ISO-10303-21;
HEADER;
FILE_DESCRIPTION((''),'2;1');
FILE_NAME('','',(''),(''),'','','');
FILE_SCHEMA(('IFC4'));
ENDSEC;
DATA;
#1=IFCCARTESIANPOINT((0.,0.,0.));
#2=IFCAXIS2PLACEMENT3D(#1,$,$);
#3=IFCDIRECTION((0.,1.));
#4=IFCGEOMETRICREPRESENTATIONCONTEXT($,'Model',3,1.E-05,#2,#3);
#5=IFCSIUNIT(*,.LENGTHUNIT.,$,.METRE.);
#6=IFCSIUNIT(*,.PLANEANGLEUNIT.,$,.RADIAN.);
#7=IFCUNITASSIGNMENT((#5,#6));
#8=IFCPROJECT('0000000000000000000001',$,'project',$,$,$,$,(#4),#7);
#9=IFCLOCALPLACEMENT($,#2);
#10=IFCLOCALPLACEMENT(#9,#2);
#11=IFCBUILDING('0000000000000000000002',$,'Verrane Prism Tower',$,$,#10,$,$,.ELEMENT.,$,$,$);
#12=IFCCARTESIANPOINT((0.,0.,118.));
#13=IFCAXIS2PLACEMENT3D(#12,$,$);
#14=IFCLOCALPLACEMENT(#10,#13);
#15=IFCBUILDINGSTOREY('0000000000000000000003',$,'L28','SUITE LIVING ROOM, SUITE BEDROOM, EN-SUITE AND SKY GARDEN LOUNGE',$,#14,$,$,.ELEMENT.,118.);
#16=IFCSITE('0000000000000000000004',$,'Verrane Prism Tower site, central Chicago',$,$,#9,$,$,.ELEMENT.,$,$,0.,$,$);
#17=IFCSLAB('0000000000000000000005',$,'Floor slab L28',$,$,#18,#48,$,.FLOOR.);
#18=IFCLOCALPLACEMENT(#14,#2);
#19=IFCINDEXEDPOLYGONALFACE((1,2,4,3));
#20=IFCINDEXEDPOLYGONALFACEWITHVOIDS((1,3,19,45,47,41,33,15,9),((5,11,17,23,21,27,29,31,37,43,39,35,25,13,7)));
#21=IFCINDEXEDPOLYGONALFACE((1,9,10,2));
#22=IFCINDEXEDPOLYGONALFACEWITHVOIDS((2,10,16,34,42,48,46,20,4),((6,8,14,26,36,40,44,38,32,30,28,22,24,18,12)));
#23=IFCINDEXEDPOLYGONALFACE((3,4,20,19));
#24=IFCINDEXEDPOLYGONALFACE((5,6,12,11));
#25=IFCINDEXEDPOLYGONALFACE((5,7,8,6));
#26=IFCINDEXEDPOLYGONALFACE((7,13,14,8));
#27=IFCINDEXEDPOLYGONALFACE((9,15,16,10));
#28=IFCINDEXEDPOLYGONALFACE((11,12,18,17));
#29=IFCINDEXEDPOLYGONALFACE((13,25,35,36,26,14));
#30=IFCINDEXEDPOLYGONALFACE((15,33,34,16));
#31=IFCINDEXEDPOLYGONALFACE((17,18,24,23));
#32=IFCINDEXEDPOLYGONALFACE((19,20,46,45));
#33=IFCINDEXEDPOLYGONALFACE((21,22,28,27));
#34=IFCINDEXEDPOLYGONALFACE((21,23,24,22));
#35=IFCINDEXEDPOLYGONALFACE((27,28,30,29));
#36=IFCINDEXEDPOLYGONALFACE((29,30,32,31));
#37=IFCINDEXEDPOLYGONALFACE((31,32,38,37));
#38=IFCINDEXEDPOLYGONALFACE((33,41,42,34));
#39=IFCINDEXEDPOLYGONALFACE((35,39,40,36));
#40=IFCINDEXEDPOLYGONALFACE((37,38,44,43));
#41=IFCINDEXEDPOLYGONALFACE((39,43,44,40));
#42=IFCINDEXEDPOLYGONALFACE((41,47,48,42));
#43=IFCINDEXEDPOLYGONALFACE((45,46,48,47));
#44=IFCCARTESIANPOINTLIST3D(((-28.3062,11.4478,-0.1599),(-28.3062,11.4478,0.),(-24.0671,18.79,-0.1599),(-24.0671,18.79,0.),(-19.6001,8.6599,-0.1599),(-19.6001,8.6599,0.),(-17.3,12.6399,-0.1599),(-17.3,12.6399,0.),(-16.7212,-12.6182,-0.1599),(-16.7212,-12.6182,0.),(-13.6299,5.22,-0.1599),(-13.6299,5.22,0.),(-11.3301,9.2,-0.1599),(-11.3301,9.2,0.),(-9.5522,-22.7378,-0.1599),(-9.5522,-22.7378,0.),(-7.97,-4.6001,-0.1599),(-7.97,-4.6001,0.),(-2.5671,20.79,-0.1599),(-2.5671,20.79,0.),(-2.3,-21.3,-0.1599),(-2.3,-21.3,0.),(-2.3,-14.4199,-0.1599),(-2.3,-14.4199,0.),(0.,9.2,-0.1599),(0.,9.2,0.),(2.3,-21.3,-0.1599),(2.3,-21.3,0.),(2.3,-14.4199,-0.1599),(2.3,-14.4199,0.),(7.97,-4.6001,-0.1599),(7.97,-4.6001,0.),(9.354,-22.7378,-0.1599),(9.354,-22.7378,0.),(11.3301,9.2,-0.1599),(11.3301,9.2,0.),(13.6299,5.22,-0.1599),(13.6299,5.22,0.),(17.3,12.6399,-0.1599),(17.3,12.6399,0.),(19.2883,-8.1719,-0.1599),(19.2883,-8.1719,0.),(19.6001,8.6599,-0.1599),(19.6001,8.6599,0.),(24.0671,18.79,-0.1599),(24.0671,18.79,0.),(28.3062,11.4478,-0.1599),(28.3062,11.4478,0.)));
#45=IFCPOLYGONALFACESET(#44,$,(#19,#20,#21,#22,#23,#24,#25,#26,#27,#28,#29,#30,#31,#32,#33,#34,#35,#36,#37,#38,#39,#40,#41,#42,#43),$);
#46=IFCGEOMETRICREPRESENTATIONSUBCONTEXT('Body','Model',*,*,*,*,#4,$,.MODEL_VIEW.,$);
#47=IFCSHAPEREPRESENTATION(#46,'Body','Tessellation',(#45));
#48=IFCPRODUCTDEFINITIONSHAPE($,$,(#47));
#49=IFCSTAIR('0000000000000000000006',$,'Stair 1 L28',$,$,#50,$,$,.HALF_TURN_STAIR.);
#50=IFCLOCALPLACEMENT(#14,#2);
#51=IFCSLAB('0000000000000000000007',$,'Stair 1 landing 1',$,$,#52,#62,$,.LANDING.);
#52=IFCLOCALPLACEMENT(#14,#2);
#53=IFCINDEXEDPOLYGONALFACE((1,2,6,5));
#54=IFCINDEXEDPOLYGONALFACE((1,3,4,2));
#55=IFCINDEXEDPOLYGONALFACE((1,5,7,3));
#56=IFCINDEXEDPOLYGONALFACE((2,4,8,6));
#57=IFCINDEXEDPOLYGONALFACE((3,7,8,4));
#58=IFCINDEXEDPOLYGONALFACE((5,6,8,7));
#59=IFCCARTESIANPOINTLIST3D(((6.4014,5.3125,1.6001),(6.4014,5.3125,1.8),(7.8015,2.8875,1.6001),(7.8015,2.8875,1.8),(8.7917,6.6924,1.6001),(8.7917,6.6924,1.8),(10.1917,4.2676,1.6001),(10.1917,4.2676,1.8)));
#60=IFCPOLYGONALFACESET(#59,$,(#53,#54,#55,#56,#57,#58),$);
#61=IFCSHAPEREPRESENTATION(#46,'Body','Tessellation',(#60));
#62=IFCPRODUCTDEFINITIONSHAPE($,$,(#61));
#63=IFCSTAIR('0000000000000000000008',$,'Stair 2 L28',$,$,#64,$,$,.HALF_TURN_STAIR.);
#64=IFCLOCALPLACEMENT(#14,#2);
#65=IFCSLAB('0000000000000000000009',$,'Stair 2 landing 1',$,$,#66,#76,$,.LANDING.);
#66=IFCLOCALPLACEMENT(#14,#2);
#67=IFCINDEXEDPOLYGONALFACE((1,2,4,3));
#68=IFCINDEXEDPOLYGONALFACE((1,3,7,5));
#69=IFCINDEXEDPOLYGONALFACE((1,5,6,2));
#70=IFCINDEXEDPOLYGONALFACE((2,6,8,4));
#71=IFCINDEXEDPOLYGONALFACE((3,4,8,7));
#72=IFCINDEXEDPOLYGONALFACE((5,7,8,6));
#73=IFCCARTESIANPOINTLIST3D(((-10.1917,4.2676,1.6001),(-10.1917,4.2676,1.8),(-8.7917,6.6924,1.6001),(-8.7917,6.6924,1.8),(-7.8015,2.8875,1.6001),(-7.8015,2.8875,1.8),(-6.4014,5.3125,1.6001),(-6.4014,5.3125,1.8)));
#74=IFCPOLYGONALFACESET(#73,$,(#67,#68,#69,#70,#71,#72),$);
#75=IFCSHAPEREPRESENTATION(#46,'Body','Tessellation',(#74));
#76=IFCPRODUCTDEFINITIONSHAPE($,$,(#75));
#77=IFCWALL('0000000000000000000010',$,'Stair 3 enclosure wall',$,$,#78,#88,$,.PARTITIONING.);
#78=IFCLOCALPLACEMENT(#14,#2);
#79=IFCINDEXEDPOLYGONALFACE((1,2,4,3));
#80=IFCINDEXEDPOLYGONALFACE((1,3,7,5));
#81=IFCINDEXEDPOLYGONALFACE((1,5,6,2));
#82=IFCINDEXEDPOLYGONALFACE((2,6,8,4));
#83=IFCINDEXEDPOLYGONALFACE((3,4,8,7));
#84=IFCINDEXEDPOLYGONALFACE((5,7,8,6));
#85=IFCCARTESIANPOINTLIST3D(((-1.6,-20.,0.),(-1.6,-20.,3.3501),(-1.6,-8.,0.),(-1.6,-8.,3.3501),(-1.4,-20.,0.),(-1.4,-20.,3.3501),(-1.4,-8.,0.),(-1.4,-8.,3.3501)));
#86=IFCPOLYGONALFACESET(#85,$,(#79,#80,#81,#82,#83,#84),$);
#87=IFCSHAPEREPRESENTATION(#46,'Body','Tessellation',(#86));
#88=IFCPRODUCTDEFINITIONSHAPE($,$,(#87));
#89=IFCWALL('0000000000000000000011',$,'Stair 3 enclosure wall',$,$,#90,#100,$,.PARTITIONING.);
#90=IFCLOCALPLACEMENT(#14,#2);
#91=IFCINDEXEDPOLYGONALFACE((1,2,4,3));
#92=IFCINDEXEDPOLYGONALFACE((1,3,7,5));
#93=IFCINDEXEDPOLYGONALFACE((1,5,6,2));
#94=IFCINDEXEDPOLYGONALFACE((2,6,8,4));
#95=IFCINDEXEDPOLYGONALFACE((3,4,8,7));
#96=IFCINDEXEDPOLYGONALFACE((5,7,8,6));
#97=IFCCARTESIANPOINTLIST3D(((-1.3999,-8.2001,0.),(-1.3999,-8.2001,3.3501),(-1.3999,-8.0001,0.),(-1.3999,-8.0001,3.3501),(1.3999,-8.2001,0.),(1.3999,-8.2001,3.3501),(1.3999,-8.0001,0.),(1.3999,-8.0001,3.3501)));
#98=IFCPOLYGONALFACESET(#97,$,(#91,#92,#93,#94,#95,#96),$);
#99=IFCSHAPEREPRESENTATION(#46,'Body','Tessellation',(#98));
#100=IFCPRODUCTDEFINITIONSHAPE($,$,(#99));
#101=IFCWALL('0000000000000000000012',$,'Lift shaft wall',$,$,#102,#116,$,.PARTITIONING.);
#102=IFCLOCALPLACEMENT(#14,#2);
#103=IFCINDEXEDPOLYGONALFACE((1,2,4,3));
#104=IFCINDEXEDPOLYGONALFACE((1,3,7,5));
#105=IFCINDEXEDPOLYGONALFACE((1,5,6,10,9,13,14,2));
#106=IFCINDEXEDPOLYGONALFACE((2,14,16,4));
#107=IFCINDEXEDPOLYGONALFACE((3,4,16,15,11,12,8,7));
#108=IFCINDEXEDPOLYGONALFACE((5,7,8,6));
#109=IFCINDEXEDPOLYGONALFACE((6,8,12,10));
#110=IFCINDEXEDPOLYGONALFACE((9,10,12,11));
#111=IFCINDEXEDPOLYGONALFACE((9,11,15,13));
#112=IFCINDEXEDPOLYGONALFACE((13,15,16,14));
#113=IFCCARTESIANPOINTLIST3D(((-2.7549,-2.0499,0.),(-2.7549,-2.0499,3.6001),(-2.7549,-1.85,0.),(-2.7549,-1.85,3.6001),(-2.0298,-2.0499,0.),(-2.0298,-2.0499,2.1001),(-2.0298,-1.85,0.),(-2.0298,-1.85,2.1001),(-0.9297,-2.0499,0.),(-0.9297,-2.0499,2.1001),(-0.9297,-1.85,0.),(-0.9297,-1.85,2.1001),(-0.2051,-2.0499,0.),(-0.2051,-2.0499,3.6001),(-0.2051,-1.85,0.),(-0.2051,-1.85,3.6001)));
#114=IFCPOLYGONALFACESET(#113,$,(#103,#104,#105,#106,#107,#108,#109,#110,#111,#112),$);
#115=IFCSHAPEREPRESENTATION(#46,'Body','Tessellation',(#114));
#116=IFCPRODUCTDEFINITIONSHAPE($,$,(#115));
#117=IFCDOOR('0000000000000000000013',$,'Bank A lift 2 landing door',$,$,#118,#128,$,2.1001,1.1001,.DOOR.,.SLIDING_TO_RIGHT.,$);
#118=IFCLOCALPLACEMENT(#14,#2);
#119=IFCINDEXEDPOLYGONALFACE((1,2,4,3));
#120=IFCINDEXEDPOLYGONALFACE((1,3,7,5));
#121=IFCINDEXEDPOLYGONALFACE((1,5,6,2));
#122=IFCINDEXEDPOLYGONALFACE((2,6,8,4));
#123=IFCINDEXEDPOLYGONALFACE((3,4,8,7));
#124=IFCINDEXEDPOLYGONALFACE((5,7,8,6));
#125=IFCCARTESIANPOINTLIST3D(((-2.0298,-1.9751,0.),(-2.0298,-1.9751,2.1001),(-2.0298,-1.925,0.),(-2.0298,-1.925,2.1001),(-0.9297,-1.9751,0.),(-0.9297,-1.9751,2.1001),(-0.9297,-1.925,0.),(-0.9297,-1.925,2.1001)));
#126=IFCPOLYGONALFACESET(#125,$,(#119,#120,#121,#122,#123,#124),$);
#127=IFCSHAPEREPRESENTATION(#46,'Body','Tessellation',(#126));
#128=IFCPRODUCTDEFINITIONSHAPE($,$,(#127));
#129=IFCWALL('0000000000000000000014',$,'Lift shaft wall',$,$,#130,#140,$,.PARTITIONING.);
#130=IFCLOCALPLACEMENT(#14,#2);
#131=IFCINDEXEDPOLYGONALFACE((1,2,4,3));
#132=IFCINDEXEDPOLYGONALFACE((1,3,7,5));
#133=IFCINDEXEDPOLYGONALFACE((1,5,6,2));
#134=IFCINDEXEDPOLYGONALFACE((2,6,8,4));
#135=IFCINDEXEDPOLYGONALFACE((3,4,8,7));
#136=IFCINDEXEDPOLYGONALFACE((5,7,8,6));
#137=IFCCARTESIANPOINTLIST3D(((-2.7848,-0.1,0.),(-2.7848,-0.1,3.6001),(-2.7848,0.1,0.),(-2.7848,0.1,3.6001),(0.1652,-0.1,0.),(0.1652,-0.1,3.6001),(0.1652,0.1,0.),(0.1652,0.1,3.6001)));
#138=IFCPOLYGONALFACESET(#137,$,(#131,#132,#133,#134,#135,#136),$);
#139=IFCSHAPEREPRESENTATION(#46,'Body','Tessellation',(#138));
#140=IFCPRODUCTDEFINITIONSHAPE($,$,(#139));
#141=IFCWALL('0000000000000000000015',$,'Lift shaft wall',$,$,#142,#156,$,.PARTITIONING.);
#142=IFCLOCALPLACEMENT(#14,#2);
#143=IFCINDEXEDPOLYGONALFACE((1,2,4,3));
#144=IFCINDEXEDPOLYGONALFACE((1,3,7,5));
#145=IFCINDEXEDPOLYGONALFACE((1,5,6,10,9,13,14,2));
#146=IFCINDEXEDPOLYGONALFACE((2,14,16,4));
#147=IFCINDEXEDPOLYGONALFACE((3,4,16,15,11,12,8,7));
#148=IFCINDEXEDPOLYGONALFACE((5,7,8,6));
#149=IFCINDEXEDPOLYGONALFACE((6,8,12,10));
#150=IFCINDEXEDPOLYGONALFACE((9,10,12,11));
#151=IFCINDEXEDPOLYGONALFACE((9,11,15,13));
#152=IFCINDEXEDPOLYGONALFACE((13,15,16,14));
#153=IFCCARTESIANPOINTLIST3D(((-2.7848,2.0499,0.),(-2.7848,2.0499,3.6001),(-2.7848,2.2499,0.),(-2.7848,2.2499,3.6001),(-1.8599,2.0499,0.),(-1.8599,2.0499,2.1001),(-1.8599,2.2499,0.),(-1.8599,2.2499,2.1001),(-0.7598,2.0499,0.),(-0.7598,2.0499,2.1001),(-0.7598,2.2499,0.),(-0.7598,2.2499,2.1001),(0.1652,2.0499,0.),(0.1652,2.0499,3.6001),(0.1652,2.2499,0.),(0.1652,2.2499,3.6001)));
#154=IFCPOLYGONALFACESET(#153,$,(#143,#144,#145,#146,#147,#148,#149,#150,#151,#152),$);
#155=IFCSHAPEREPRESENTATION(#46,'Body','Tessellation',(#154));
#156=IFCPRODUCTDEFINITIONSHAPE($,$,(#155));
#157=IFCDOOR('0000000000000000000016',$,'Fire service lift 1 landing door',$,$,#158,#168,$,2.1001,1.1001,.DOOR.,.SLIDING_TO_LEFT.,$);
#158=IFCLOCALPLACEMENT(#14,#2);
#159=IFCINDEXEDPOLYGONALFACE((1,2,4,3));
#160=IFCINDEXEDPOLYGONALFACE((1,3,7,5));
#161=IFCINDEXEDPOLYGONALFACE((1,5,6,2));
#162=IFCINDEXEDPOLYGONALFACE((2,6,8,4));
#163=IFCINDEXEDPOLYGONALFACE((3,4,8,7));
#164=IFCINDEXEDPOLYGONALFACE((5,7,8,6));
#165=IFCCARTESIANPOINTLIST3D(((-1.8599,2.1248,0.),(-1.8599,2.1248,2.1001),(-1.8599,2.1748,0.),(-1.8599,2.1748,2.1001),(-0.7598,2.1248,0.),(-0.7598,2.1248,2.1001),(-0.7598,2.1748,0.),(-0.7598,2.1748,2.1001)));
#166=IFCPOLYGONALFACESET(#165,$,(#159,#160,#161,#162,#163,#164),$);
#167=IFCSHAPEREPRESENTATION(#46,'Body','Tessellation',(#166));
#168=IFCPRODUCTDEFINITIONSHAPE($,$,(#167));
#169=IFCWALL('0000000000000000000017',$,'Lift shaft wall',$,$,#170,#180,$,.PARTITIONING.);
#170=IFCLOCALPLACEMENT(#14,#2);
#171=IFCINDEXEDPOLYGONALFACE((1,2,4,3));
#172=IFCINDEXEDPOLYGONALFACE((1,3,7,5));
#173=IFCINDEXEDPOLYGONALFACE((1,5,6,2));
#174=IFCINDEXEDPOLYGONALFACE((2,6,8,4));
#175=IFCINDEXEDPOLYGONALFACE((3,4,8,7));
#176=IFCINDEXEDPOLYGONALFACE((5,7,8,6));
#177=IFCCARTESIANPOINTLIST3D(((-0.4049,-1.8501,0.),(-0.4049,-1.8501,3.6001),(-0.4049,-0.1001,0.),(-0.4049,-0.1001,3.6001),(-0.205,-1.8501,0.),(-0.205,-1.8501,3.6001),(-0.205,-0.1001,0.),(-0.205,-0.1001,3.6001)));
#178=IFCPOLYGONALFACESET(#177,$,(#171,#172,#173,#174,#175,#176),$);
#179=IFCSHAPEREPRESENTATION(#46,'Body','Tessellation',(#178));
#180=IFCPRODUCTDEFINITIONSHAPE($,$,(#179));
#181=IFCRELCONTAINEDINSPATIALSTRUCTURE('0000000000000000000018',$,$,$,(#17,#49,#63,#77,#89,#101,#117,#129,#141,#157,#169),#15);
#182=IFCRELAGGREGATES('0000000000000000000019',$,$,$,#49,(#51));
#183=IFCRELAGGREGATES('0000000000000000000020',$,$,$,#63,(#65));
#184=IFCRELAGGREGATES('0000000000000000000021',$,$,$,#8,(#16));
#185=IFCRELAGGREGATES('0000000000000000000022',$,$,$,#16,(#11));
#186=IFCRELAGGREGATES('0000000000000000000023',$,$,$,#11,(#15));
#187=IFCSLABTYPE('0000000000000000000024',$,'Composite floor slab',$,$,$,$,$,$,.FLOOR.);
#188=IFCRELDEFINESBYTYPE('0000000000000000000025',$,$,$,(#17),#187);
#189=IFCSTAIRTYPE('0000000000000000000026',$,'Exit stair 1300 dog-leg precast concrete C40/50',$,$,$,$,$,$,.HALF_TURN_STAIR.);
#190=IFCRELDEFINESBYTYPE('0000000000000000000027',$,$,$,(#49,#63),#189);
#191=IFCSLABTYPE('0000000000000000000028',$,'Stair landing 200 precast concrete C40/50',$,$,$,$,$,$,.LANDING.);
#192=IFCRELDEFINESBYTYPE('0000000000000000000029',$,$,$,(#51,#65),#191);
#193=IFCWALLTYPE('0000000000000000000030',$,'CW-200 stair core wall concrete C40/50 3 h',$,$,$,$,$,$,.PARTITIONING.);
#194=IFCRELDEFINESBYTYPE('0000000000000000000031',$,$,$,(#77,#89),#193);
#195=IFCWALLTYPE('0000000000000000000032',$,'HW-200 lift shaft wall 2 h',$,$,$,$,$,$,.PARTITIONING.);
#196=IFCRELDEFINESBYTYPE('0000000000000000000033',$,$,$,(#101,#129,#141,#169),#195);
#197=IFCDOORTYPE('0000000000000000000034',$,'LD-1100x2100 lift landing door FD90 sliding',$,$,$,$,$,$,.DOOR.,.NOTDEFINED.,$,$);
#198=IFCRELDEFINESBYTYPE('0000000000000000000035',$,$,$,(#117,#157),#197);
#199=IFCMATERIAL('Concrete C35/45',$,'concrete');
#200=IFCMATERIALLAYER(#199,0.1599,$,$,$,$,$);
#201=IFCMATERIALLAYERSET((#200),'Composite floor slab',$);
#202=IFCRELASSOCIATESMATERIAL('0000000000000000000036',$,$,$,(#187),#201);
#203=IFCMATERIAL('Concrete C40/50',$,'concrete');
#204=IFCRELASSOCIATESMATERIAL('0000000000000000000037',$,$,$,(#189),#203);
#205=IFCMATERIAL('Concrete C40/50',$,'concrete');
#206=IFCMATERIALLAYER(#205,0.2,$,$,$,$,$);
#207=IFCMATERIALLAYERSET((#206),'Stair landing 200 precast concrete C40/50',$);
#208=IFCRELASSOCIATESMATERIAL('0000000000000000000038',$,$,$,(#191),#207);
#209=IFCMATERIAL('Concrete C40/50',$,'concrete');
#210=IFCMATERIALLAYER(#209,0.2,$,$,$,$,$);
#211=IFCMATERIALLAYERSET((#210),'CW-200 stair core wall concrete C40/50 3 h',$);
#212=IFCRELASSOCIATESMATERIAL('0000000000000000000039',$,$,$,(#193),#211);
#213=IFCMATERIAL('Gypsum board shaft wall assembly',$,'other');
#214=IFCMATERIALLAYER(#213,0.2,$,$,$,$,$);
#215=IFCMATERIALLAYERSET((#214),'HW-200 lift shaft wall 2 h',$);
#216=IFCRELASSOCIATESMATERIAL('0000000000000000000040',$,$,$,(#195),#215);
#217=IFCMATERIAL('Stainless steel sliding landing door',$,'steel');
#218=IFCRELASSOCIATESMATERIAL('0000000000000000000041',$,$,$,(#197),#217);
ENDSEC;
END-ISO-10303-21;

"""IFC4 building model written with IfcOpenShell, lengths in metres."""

from ifc_helpers import new_model, si_unit, direction, frame, frame_2d, origin, place, context, subcontext, project, spatial, polyline, rectangle, outline, extrude, material, layer, layer_set, type_object, element, fill, aggregate, save


model = new_model("IFC4")

# Units and contexts
model_context = context("Model", 3, precision=1e-05, world=origin(), true_north=direction((0.0, 1.0)))
body_context = subcontext(model_context, "Body", "Model", "MODEL_VIEW")
ifc_project = project(units=[si_unit("LENGTHUNIT", "METRE"), si_unit("PLANEANGLEUNIT", "RADIAN")], contexts=[model_context])

# Site, building, storey
site_placement = place(None, origin())
site = spatial("IfcSite", under=ifc_project, at=site_placement, Name="Verrane Prism Tower site, central Chicago", CompositionType="ELEMENT", RefElevation=0.0)
building_placement = place(site_placement, origin())
building = spatial("IfcBuilding", under=site, at=building_placement, Name="Verrane Prism Tower", CompositionType="ELEMENT")
storey_placement = place(building_placement, frame((0.0, 0.0, 118.0)))
storey = spatial("IfcBuildingStorey", under=building, at=storey_placement, Name="L28", Description="SUITE LIVING ROOM, SUITE BEDROOM, EN-SUITE AND SKY GARDEN LOUNGE", CompositionType="ELEMENT", Elevation=118.0)

# Slab
ifc_material_1 = material(Name="Concrete C35/45", Category="concrete")
ifc_layer_1 = layer(ifc_material_1, 0.1599)
ifc_layer_set_1 = layer_set([ifc_layer_1], Name="Composite floor slab")
slab_type_1 = type_object("IfcSlabType", Name="Composite floor slab", PredefinedType="FLOOR", material=ifc_layer_set_1)
slab_1_placement = place(storey_placement, frame((0.0, 0.0, -0.1599)))
element("IfcSlab", 1, at=slab_1_placement, inside=storey, type_object=slab_type_1, Name="Floor slab L28", PredefinedType="FLOOR", context=body_context, shape_type="SweptSolid", body=[
    extrude(outline(polyline([(-16.7212, -12.6182), (-28.3062, 11.4478), (-24.0671, 18.79), (-2.5671, 20.79), (24.0671, 18.79), (28.3062, 11.4478), (19.2883, -8.1719), (9.354, -22.7378), (-9.5522, -22.7378), (-16.7212, -12.6182)]), holes=[polyline([(19.6001, 8.6599), (17.3, 12.6399), (11.3301, 9.2), (0.0, 9.2), (-11.3301, 9.2), (-17.3, 12.6399), (-19.6001, 8.6599), (-13.6299, 5.22), (-7.97, -4.6001), (-2.3, -14.4199), (-2.3, -21.3), (2.3, -21.3), (2.3, -14.4199), (7.97, -4.6001), (13.6299, 5.22), (19.6001, 8.6599)])]), origin(), (0.0, 0.0, 1.0), 0.1599),
])

# Stairs, slabs
ifc_material_2 = material(Name="Concrete C40/50", Category="concrete")
stair_type = type_object("IfcStairType", Name="Exit stair 1300 dog-leg precast concrete C40/50", PredefinedType="HALF_TURN_STAIR", material=ifc_material_2)
stair_1_placement = place(storey_placement, origin())
stair_1 = element("IfcStair", 2, at=stair_1_placement, inside=storey, type_object=stair_type, Name="Stair 1 L28", PredefinedType="HALF_TURN_STAIR")
ifc_material_3 = material(Name="Concrete C40/50", Category="concrete")
ifc_layer_2 = layer(ifc_material_3, 0.2)
ifc_layer_set_2 = layer_set([ifc_layer_2], Name="Stair landing 200 precast concrete C40/50")
slab_type_2 = type_object("IfcSlabType", Name="Stair landing 200 precast concrete C40/50", PredefinedType="LANDING", material=ifc_layer_set_2)
slab_2_placement = place(storey_placement, frame((0.0, 0.0, 1.6001)))
slab_2 = element("IfcSlab", 3, at=slab_2_placement, type_object=slab_type_2, Name="Stair 1 landing 1", PredefinedType="LANDING", context=body_context, shape_type="SweptSolid", body=[
    extrude(outline(polyline([(8.7917, 6.6924), (6.4014, 5.3125), (7.8015, 2.8875), (10.1917, 4.2676), (8.7917, 6.6924)])), origin(), (0.0, 0.0, 1.0), 0.2),
])
aggregate(stair_1, [slab_2])
stair_2_placement = place(storey_placement, origin())
stair_2 = element("IfcStair", 4, at=stair_2_placement, inside=storey, type_object=stair_type, Name="Stair 2 L28", PredefinedType="HALF_TURN_STAIR")
slab_3_placement = place(storey_placement, frame((0.0, 0.0, 1.6001)))
slab_3 = element("IfcSlab", 5, at=slab_3_placement, type_object=slab_type_2, Name="Stair 2 landing 1", PredefinedType="LANDING", context=body_context, shape_type="SweptSolid", body=[
    extrude(outline(polyline([(-10.1917, 4.2676), (-7.8015, 2.8875), (-6.4014, 5.3125), (-8.7917, 6.6924), (-10.1917, 4.2676)])), origin(), (0.0, 0.0, 1.0), 0.2),
])
aggregate(stair_2, [slab_3])

# Walls
ifc_material_4 = material(Name="Concrete C40/50", Category="concrete")
ifc_layer_3 = layer(ifc_material_4, 0.2)
ifc_layer_set_3 = layer_set([ifc_layer_3], Name="CW-200 stair core wall concrete C40/50 3 h")
wall_type_1 = type_object("IfcWallType", Name="CW-200 stair core wall concrete C40/50 3 h", PredefinedType="PARTITIONING", material=ifc_layer_set_3)
wall_1_placement = place(storey_placement, frame((-1.5, -8.0, 0.0), z_axis=(0.0, 0.0, 1.0), x_axis=(0.0, -1.0, 0.0)))
element("IfcWall", 6, at=wall_1_placement, inside=storey, type_object=wall_type_1, Name="Stair 3 enclosure wall", PredefinedType="PARTITIONING", context=body_context, shape_type="SweptSolid", body=[
    extrude(rectangle(XDim=12.0, YDim=0.2, at=frame_2d((6.0, 0.0))), origin(), (0.0, 0.0, 1.0), 3.3501),
])
wall_2_placement = place(storey_placement, frame((-1.3999, -8.1001, 0.0), z_axis=(0.0, 0.0, 1.0), x_axis=(1.0, 0.0, 0.0)))
element("IfcWall", 7, at=wall_2_placement, inside=storey, type_object=wall_type_1, Name="Stair 3 enclosure wall", PredefinedType="PARTITIONING", context=body_context, shape_type="SweptSolid", body=[
    extrude(rectangle(XDim=2.7998, YDim=0.2, at=frame_2d((1.3999, 0.0))), origin(), (0.0, 0.0, 1.0), 3.3501),
])

# Wall, opening, door
ifc_material_5 = material(Name="Gypsum board shaft wall assembly", Category="other")
ifc_layer_4 = layer(ifc_material_5, 0.2)
ifc_layer_set_4 = layer_set([ifc_layer_4], Name="HW-200 lift shaft wall 2 h")
wall_type_2 = type_object("IfcWallType", Name="HW-200 lift shaft wall 2 h", PredefinedType="PARTITIONING", material=ifc_layer_set_4)
wall_3_placement = place(storey_placement, frame((-2.7549, -1.95, 0.0), z_axis=(0.0, 0.0, 1.0), x_axis=(1.0, 0.0, 0.0)))
wall_3 = element("IfcWall", 8, at=wall_3_placement, inside=storey, type_object=wall_type_2, Name="Lift shaft wall", PredefinedType="PARTITIONING", context=body_context, shape_type="SweptSolid", body=[
    extrude(rectangle(XDim=2.5498, YDim=0.2, at=frame_2d((1.2749, 0.0))), origin(), (0.0, 0.0, 1.0), 3.6001),
])
opening_1_placement = place(wall_3_placement, frame((0.7251, 0.0, 0.0)))
opening_1 = element("IfcOpeningElement", 9, at=opening_1_placement, cuts=wall_3, PredefinedType="OPENING", context=body_context, shape_type="SweptSolid", body=[
    extrude(rectangle(XDim=1.1001, YDim=2.1001, at=frame_2d((0.55, 1.05))), frame((0.0, 0.1099, 0.0), z_axis=(0.0, -1.0, 0.0), x_axis=(1.0, 0.0, 0.0)), (0.0, 0.0, 1.0), 0.22),
])
ifc_material_6 = material(Name="Stainless steel sliding landing door", Category="steel")
door_type_1 = type_object("IfcDoorType", Name="LD-1100x2100 lift landing door FD90 sliding", OperationType="NOTDEFINED", PredefinedType="DOOR", material=ifc_material_6)
door_1_placement = place(opening_1_placement, origin())
door_1 = element("IfcDoor", 10, at=door_1_placement, inside=storey, type_object=door_type_1, Name="Bank A lift 2 landing door", OperationType="SLIDING_TO_RIGHT", OverallHeight=2.1001, OverallWidth=1.1001, PredefinedType="DOOR", context=body_context, shape_type="SweptSolid", body=[
    extrude(rectangle(XDim=1.1001, YDim=2.1001, at=frame_2d((0.55, 1.05))), frame((0.0, 0.0249, 0.0), z_axis=(0.0, -1.0, 0.0), x_axis=(1.0, 0.0, 0.0)), (0.0, 0.0, 1.0), 0.05),
])
fill(opening_1, door_1)

# Wall
wall_4_placement = place(storey_placement, frame((-2.7849, 0.0, 0.0), z_axis=(0.0, 0.0, 1.0), x_axis=(1.0, 0.0, 0.0)))
element("IfcWall", 11, at=wall_4_placement, inside=storey, type_object=wall_type_2, Name="Lift shaft wall", PredefinedType="PARTITIONING", context=body_context, shape_type="SweptSolid", body=[
    extrude(rectangle(XDim=2.95, YDim=0.2, at=frame_2d((1.4751, 0.0))), origin(), (0.0, 0.0, 1.0), 3.6001),
])

# Wall, opening, door
wall_5_placement = place(storey_placement, frame((-2.7849, 2.1499, 0.0), z_axis=(0.0, 0.0, 1.0), x_axis=(1.0, 0.0, 0.0)))
wall_5 = element("IfcWall", 12, at=wall_5_placement, inside=storey, type_object=wall_type_2, Name="Lift shaft wall", PredefinedType="PARTITIONING", context=body_context, shape_type="SweptSolid", body=[
    extrude(rectangle(XDim=2.95, YDim=0.2, at=frame_2d((1.4751, 0.0))), origin(), (0.0, 0.0, 1.0), 3.6001),
])
opening_2_placement = place(wall_5_placement, frame((0.925, 0.0, 0.0)))
opening_2 = element("IfcOpeningElement", 13, at=opening_2_placement, cuts=wall_5, PredefinedType="OPENING", context=body_context, shape_type="SweptSolid", body=[
    extrude(rectangle(XDim=1.1001, YDim=2.1001, at=frame_2d((0.55, 1.05))), frame((0.0, 0.1099, 0.0), z_axis=(0.0, -1.0, 0.0), x_axis=(1.0, 0.0, 0.0)), (0.0, 0.0, 1.0), 0.22),
])
door_2_placement = place(opening_2_placement, origin())
door_2 = element("IfcDoor", 14, at=door_2_placement, inside=storey, type_object=door_type_1, Name="Fire service lift 1 landing door", OperationType="SLIDING_TO_LEFT", OverallHeight=2.1001, OverallWidth=1.1001, PredefinedType="DOOR", context=body_context, shape_type="SweptSolid", body=[
    extrude(rectangle(XDim=1.1001, YDim=2.1001, at=frame_2d((0.55, 1.05))), frame((0.0, 0.0249, 0.0), z_axis=(0.0, -1.0, 0.0), x_axis=(1.0, 0.0, 0.0)), (0.0, 0.0, 1.0), 0.05),
])
fill(opening_2, door_2)

# Wall
for number, where, z_axis, x_axis, name in (
    (15, (-0.3049, -1.8501, 0.0), (0.0, 0.0, 1.0), (0.0, 1.0, 0.0), "Lift shaft wall"),
):
    element("IfcWall", number, at=place(storey_placement, frame(where, z_axis=z_axis, x_axis=x_axis)), inside=storey, type_object=wall_type_2, Name=name, PredefinedType="PARTITIONING", context=body_context, shape_type="SweptSolid", body=[
        extrude(rectangle(XDim=1.75, YDim=0.2, at=frame_2d((0.875, 0.0))), origin(), (0.0, 0.0, 1.0), 3.6001),
    ])

save(model, "model.ifc")
